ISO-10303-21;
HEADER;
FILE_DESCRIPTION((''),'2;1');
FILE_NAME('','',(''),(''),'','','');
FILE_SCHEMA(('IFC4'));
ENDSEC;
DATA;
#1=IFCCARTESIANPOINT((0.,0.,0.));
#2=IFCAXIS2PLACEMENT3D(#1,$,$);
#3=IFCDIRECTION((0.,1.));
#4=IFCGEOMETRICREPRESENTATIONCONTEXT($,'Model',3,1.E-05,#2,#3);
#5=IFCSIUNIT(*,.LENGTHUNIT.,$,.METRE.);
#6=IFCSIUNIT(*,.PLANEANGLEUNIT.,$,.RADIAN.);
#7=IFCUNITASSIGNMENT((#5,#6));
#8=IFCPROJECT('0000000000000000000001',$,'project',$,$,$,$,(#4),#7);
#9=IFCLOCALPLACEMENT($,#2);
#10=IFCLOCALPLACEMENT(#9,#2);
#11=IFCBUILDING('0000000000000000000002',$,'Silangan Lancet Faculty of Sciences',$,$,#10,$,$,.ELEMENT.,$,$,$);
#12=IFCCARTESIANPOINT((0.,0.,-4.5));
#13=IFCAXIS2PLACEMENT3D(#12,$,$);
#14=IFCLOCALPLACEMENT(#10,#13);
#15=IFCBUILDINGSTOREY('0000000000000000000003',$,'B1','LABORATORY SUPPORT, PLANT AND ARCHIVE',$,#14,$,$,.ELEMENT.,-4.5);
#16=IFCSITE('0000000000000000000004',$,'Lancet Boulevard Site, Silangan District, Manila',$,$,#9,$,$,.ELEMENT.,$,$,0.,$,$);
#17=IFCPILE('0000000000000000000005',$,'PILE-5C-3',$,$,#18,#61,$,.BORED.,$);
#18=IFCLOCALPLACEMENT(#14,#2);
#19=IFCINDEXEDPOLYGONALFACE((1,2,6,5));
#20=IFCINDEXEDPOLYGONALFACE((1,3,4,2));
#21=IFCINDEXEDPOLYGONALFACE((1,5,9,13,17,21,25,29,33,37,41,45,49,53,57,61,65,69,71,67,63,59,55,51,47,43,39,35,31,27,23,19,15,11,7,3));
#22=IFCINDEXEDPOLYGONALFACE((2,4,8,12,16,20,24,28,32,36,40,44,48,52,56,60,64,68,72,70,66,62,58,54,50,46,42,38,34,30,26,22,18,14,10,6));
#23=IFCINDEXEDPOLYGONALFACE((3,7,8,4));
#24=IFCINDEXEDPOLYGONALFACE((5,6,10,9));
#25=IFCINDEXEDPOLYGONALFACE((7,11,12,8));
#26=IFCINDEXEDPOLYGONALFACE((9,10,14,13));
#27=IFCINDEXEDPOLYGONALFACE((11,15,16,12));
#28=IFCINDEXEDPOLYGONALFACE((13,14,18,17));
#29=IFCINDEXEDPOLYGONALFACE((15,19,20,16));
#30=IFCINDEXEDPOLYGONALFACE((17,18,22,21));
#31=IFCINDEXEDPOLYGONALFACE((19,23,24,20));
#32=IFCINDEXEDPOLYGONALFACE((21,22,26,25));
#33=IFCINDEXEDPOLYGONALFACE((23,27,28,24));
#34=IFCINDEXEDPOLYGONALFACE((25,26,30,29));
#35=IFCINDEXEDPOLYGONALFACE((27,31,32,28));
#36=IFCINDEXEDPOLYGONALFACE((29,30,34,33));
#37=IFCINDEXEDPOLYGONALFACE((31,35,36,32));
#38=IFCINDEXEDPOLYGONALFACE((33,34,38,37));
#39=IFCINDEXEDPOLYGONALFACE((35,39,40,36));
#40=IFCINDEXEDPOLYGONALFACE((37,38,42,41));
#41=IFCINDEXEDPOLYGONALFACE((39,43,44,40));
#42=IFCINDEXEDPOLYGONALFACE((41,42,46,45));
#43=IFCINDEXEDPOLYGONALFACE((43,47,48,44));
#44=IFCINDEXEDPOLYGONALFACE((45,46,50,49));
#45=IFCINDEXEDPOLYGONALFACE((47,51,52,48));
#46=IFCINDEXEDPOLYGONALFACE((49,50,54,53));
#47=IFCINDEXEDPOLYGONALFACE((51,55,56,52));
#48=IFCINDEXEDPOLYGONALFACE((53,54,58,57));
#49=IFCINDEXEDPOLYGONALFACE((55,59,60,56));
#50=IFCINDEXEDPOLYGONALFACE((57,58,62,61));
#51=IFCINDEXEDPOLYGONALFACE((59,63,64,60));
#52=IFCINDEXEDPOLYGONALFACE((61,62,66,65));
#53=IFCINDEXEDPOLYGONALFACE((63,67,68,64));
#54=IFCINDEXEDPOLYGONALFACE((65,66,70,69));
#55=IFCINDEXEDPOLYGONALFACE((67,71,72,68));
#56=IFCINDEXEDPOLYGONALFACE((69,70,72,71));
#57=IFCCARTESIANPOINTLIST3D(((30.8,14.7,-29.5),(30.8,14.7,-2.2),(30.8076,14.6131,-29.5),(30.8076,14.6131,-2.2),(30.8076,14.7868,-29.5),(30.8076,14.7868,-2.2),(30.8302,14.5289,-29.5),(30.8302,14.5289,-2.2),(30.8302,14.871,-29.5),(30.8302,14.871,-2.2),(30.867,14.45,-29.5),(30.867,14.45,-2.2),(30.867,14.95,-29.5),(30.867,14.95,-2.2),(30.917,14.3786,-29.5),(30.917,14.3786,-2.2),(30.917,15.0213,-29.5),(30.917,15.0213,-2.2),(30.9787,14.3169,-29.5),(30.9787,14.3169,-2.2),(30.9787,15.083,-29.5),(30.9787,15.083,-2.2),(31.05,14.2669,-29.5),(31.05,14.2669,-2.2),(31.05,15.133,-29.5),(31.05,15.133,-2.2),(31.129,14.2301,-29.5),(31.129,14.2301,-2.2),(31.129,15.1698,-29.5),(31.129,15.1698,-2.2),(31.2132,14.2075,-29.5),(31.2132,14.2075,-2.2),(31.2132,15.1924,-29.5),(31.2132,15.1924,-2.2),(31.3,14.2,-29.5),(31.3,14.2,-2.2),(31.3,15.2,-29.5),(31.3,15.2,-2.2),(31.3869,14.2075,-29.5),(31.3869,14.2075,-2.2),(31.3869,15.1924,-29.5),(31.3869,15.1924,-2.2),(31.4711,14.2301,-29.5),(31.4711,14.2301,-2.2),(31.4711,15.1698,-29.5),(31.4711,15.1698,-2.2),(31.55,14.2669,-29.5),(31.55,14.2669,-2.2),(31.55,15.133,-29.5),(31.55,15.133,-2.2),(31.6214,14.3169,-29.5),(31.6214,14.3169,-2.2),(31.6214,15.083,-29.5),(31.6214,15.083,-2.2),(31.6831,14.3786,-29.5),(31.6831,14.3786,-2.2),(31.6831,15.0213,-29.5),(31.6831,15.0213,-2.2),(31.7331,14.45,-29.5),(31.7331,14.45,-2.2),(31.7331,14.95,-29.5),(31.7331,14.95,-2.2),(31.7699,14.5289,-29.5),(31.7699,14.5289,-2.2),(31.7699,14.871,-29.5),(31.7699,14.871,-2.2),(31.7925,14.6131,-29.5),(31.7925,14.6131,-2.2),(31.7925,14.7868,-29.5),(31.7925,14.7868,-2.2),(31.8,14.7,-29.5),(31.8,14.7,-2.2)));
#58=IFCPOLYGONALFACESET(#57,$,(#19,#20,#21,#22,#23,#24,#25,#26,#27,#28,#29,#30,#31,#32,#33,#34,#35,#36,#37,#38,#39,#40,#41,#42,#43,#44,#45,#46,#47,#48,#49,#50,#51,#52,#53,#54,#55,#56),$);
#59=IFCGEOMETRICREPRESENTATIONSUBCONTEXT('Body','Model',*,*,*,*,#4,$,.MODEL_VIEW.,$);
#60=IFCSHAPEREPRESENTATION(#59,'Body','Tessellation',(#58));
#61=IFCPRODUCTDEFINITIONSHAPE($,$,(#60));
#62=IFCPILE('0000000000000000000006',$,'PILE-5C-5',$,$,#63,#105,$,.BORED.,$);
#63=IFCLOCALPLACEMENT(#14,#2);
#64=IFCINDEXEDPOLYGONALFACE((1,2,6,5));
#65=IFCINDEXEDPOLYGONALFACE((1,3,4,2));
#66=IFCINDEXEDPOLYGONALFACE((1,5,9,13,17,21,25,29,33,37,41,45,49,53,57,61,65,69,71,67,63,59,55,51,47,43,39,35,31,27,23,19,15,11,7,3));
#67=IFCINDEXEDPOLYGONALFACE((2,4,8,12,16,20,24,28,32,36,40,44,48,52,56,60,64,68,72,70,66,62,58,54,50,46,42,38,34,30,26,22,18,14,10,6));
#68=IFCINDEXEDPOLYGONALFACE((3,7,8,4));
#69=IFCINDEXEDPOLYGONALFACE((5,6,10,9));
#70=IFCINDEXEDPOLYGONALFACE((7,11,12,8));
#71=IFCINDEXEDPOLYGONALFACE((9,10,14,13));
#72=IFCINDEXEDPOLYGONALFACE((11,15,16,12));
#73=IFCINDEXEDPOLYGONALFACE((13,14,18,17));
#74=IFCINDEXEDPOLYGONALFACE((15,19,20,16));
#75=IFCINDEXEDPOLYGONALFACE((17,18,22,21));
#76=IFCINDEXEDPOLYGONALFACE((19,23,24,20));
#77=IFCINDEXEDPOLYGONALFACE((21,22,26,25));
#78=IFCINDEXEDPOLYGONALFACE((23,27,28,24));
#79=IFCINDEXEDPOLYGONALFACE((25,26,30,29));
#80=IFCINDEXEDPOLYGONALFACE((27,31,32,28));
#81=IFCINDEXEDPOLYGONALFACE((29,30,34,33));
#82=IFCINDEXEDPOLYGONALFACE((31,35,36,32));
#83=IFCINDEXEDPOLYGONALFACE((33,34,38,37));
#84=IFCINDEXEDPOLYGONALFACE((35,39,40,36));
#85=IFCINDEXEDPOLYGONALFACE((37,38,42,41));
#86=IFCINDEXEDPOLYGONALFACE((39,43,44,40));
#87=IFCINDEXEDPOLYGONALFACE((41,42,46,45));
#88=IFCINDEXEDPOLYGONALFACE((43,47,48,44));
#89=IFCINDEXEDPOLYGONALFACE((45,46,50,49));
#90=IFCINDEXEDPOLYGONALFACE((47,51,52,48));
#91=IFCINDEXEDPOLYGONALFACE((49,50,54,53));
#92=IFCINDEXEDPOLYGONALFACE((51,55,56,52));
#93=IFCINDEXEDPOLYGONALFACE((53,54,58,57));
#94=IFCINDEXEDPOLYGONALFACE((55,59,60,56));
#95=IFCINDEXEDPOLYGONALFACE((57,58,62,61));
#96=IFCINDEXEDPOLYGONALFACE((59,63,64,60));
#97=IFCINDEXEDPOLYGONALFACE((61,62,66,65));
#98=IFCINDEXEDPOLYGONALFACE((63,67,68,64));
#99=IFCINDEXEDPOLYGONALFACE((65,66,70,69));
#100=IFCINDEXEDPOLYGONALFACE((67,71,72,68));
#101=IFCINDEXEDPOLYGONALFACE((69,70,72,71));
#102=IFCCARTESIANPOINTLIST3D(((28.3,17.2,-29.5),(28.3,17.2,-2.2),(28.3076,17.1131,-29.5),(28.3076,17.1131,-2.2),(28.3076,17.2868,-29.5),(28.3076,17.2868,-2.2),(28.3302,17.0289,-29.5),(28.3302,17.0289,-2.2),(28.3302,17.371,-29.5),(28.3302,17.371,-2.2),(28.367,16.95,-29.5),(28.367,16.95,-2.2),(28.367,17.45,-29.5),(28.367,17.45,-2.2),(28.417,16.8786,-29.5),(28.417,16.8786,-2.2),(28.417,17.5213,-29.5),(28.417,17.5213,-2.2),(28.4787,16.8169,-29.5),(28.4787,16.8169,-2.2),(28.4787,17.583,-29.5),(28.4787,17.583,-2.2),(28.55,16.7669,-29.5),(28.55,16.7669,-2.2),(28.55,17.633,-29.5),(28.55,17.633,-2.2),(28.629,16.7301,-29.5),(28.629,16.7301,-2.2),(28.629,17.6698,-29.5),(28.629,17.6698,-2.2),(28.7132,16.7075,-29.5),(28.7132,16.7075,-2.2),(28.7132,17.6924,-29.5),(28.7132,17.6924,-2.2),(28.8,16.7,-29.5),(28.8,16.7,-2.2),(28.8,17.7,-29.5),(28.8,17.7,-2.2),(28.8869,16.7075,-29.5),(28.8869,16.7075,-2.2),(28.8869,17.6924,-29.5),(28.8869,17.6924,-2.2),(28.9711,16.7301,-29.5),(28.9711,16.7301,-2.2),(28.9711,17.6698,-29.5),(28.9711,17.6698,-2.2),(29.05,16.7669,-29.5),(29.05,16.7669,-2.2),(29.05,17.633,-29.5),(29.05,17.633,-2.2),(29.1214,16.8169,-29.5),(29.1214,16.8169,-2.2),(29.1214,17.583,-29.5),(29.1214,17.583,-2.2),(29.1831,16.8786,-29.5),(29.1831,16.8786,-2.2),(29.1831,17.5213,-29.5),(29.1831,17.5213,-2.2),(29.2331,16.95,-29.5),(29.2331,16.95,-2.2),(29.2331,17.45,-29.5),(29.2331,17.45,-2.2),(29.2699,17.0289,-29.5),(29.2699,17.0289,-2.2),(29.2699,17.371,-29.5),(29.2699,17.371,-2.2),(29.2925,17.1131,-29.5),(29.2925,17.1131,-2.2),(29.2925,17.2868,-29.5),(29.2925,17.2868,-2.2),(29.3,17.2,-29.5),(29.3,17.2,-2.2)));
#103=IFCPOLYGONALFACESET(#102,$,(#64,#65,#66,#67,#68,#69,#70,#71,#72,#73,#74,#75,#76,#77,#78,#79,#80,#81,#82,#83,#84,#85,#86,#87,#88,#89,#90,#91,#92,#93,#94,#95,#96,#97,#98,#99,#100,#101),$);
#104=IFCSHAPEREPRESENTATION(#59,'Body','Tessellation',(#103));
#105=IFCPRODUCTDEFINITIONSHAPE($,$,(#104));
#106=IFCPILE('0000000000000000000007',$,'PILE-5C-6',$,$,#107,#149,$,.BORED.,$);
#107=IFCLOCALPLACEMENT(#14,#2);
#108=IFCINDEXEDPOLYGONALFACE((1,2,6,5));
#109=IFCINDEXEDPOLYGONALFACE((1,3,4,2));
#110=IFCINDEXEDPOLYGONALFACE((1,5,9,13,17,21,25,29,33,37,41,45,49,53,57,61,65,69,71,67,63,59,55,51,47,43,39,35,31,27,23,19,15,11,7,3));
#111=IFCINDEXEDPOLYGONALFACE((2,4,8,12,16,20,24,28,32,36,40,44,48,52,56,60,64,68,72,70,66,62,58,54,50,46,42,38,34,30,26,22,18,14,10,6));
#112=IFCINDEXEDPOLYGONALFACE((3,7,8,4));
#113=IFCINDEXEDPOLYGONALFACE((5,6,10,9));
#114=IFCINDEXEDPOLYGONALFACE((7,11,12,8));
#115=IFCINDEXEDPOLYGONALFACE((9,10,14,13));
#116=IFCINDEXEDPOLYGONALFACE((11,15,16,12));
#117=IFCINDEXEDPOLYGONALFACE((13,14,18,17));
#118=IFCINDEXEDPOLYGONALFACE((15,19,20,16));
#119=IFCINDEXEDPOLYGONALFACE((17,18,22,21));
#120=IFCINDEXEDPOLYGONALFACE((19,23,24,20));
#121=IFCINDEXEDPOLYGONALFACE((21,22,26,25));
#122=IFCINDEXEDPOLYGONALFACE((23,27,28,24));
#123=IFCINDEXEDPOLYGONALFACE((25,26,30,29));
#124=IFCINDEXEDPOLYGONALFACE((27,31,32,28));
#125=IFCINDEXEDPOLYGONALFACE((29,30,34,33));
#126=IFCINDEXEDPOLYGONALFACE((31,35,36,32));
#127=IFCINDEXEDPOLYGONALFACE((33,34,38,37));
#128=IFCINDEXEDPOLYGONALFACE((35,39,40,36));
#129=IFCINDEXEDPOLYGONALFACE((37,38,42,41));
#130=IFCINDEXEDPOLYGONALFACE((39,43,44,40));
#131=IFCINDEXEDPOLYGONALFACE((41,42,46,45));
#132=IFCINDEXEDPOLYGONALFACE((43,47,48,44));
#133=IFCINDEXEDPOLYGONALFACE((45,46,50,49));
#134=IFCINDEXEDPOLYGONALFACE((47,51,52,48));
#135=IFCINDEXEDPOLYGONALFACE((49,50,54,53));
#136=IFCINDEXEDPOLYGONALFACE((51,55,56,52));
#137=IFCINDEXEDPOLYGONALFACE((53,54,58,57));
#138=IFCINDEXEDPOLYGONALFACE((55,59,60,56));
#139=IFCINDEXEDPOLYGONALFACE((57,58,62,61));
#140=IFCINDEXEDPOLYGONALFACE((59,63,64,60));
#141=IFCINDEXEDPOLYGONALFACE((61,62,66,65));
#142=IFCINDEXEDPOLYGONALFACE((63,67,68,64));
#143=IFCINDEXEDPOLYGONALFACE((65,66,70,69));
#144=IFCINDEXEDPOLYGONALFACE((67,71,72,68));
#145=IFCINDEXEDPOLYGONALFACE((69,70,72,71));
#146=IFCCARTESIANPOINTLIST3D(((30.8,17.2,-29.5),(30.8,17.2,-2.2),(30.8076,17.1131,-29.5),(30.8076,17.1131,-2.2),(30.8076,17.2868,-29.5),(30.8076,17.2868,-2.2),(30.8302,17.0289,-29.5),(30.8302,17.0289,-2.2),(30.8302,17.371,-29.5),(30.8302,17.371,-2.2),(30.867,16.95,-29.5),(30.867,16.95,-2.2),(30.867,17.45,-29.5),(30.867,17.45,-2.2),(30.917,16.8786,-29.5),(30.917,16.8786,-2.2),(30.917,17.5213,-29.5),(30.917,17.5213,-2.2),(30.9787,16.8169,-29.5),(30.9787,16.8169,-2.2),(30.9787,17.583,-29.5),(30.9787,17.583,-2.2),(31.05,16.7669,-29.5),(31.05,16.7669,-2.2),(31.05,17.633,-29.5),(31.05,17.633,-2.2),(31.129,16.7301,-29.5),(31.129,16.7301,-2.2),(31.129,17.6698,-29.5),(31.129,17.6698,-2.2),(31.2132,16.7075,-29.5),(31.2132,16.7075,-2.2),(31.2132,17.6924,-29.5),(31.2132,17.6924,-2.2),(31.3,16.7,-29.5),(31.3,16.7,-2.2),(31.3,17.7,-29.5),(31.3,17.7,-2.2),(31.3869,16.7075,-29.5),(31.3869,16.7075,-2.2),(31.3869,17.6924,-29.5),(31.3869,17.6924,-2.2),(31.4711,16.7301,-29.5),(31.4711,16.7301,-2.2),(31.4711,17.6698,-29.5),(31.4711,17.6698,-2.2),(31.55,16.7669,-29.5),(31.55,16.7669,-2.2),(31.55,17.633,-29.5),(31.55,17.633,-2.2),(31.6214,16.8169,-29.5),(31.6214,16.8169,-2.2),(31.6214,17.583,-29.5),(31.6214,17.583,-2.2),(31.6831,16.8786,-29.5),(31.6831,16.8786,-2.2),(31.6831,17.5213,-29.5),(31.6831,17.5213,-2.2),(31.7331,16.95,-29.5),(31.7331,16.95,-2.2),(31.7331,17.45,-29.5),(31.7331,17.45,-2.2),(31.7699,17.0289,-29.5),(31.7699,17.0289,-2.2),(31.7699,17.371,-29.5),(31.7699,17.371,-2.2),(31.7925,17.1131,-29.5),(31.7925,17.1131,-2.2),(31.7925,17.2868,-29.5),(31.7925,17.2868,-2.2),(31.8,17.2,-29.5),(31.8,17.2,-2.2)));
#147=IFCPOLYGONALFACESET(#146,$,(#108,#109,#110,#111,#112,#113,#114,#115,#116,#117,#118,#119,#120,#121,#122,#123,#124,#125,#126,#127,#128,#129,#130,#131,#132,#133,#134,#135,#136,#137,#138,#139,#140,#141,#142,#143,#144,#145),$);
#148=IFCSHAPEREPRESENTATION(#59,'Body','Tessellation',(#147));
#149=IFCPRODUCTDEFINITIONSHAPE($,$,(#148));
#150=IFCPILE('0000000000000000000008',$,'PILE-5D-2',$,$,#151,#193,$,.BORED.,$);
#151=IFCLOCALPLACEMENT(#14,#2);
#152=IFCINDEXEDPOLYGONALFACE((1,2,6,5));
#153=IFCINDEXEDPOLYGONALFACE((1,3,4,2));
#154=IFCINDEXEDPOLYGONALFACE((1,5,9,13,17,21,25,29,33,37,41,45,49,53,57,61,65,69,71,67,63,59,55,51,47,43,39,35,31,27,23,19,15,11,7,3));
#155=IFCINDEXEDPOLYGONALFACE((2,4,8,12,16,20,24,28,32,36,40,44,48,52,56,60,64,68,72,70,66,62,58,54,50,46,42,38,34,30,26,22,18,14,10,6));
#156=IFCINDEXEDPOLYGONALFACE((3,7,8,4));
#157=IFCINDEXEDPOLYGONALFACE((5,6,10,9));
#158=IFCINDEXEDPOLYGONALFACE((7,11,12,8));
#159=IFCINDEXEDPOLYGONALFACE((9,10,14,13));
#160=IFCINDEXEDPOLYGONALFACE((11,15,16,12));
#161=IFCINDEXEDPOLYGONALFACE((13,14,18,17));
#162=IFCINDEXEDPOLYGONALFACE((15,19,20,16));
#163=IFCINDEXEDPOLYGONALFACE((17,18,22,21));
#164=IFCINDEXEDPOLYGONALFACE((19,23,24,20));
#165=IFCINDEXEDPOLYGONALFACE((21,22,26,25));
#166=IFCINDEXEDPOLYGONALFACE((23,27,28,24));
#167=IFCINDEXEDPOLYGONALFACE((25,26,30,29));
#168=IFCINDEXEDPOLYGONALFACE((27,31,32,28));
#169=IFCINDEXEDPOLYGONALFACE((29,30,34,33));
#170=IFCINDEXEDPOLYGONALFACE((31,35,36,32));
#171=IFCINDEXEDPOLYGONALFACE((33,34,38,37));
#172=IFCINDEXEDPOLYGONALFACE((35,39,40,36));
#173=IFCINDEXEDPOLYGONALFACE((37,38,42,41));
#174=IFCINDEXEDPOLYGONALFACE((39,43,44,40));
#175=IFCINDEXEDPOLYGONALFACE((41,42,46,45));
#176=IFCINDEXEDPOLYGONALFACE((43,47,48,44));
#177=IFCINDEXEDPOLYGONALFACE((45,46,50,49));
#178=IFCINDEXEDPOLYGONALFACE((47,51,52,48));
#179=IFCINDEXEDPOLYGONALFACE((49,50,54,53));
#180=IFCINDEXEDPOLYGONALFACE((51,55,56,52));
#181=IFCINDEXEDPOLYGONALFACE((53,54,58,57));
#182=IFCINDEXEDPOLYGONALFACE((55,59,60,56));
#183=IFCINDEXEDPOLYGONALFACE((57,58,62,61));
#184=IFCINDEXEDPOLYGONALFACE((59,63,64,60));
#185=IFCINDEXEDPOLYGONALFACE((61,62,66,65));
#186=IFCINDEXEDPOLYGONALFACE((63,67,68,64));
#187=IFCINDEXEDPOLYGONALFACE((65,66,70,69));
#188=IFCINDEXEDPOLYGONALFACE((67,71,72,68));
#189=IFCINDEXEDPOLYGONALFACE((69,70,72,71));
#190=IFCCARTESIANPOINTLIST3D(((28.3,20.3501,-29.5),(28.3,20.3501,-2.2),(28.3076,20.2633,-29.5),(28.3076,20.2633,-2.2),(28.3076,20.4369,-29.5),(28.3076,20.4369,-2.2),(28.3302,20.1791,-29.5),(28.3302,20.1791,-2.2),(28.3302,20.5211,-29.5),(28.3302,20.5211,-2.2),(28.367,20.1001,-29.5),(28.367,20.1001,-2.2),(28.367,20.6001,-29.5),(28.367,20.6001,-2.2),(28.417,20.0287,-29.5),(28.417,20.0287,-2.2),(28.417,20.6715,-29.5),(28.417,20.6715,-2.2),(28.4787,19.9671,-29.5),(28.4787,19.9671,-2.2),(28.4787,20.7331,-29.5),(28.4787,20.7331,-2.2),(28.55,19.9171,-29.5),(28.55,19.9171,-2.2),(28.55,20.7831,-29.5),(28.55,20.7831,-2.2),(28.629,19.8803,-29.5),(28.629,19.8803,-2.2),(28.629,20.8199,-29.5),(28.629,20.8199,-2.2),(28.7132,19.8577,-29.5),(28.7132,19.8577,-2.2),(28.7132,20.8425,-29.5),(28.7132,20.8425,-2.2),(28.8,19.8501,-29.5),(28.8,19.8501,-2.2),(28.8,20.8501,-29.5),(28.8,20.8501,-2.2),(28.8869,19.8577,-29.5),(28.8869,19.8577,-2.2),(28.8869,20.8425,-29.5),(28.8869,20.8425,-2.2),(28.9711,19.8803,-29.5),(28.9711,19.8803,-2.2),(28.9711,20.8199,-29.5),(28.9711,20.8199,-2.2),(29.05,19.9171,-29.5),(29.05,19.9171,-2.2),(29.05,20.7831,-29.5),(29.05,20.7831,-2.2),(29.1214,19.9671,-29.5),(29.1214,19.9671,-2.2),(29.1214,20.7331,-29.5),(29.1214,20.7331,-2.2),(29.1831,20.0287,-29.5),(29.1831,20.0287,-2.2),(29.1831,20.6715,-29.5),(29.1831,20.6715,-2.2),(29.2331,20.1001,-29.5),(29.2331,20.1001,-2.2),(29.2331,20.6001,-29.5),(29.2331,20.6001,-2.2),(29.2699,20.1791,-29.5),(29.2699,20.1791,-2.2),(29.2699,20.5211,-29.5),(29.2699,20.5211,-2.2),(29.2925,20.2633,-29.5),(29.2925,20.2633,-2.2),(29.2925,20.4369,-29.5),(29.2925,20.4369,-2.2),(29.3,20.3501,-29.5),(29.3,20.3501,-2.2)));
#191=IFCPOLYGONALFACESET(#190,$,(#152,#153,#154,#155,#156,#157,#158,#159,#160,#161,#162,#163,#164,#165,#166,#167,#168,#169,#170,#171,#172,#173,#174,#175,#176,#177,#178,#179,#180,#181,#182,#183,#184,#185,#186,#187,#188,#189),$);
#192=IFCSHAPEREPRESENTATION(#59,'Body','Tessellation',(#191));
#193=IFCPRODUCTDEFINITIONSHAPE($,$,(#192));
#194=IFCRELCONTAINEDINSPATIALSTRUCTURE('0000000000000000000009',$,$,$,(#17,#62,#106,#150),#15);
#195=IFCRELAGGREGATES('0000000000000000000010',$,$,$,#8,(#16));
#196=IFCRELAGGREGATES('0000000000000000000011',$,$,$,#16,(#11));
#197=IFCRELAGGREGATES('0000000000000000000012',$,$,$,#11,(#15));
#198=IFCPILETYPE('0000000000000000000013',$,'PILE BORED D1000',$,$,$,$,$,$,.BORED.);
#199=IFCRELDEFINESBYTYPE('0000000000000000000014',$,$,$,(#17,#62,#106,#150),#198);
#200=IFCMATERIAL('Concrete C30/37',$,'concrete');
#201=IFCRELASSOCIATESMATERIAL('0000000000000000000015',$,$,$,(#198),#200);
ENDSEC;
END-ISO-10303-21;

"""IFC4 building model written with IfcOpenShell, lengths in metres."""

from ifc_helpers import new_model, si_unit, direction, frame, origin, origin_2d, place, context, subcontext, project, spatial, circle, extrude, material, material_profile, profile_set, type_object, element, save


model = new_model("IFC4")

# Units and contexts
model_context = context("Model", 3, precision=1e-05, world=origin(), true_north=direction((0.0, 1.0)))
body_context = subcontext(model_context, "Body", "Model", "MODEL_VIEW")
ifc_project = project(units=[si_unit("LENGTHUNIT", "METRE"), si_unit("PLANEANGLEUNIT", "RADIAN")], contexts=[model_context])

# Site, building, storey
site_placement = place(None, origin())
site = spatial("IfcSite", under=ifc_project, at=site_placement, Name="Lancet Boulevard Site, Silangan District, Manila", CompositionType="ELEMENT", RefElevation=0.0)
building_placement = place(site_placement, origin())
building = spatial("IfcBuilding", under=site, at=building_placement, Name="Silangan Lancet Faculty of Sciences", CompositionType="ELEMENT")
storey_placement = place(building_placement, frame((0.0, 0.0, -4.5)))
storey = spatial("IfcBuildingStorey", under=building, at=storey_placement, Name="B1", Description="LABORATORY SUPPORT, PLANT AND ARCHIVE", CompositionType="ELEMENT", Elevation=-4.5)

# Piles
ifc_material_1 = material(Name="Concrete C30/37", Category="concrete")
ifc_material_profile_1 = material_profile(ifc_material_1, circle(Radius=0.5, at=origin_2d()), Name="BORED PILE D1000")
ifc_profile_set_1 = profile_set([ifc_material_profile_1], Name="Concrete C30/37")
pile_type = type_object("IfcPileType", Name="PILE BORED D1000", PredefinedType="BORED", material=ifc_profile_set_1)
for number, where, z_axis, x_axis, name in (
    (1, (31.3, 14.7, -2.2), (0.0, 0.0, -1.0), (1.0, 0.0, 0.0), "PILE-5C-3"),
    (2, (28.8, 17.2, -2.2), (0.0, 0.0, -1.0), (1.0, 0.0, 0.0), "PILE-5C-5"),
    (3, (31.3, 17.2, -2.2), (0.0, 0.0, -1.0), (1.0, 0.0, 0.0), "PILE-5C-6"),
    (4, (28.8, 20.3501, -2.2), (0.0, 0.0, -1.0), (1.0, 0.0, 0.0), "PILE-5D-2"),
):
    element("IfcPile", number, at=place(storey_placement, frame(where, z_axis=z_axis, x_axis=x_axis)), inside=storey, type_object=pile_type, Name=name, PredefinedType="BORED", context=body_context, shape_type="SweptSolid", body=[
        extrude(circle(Radius=0.5, at=origin_2d()), origin(), (0.0, 0.0, 1.0), 27.3),
    ])

save(model, "model.ifc")
